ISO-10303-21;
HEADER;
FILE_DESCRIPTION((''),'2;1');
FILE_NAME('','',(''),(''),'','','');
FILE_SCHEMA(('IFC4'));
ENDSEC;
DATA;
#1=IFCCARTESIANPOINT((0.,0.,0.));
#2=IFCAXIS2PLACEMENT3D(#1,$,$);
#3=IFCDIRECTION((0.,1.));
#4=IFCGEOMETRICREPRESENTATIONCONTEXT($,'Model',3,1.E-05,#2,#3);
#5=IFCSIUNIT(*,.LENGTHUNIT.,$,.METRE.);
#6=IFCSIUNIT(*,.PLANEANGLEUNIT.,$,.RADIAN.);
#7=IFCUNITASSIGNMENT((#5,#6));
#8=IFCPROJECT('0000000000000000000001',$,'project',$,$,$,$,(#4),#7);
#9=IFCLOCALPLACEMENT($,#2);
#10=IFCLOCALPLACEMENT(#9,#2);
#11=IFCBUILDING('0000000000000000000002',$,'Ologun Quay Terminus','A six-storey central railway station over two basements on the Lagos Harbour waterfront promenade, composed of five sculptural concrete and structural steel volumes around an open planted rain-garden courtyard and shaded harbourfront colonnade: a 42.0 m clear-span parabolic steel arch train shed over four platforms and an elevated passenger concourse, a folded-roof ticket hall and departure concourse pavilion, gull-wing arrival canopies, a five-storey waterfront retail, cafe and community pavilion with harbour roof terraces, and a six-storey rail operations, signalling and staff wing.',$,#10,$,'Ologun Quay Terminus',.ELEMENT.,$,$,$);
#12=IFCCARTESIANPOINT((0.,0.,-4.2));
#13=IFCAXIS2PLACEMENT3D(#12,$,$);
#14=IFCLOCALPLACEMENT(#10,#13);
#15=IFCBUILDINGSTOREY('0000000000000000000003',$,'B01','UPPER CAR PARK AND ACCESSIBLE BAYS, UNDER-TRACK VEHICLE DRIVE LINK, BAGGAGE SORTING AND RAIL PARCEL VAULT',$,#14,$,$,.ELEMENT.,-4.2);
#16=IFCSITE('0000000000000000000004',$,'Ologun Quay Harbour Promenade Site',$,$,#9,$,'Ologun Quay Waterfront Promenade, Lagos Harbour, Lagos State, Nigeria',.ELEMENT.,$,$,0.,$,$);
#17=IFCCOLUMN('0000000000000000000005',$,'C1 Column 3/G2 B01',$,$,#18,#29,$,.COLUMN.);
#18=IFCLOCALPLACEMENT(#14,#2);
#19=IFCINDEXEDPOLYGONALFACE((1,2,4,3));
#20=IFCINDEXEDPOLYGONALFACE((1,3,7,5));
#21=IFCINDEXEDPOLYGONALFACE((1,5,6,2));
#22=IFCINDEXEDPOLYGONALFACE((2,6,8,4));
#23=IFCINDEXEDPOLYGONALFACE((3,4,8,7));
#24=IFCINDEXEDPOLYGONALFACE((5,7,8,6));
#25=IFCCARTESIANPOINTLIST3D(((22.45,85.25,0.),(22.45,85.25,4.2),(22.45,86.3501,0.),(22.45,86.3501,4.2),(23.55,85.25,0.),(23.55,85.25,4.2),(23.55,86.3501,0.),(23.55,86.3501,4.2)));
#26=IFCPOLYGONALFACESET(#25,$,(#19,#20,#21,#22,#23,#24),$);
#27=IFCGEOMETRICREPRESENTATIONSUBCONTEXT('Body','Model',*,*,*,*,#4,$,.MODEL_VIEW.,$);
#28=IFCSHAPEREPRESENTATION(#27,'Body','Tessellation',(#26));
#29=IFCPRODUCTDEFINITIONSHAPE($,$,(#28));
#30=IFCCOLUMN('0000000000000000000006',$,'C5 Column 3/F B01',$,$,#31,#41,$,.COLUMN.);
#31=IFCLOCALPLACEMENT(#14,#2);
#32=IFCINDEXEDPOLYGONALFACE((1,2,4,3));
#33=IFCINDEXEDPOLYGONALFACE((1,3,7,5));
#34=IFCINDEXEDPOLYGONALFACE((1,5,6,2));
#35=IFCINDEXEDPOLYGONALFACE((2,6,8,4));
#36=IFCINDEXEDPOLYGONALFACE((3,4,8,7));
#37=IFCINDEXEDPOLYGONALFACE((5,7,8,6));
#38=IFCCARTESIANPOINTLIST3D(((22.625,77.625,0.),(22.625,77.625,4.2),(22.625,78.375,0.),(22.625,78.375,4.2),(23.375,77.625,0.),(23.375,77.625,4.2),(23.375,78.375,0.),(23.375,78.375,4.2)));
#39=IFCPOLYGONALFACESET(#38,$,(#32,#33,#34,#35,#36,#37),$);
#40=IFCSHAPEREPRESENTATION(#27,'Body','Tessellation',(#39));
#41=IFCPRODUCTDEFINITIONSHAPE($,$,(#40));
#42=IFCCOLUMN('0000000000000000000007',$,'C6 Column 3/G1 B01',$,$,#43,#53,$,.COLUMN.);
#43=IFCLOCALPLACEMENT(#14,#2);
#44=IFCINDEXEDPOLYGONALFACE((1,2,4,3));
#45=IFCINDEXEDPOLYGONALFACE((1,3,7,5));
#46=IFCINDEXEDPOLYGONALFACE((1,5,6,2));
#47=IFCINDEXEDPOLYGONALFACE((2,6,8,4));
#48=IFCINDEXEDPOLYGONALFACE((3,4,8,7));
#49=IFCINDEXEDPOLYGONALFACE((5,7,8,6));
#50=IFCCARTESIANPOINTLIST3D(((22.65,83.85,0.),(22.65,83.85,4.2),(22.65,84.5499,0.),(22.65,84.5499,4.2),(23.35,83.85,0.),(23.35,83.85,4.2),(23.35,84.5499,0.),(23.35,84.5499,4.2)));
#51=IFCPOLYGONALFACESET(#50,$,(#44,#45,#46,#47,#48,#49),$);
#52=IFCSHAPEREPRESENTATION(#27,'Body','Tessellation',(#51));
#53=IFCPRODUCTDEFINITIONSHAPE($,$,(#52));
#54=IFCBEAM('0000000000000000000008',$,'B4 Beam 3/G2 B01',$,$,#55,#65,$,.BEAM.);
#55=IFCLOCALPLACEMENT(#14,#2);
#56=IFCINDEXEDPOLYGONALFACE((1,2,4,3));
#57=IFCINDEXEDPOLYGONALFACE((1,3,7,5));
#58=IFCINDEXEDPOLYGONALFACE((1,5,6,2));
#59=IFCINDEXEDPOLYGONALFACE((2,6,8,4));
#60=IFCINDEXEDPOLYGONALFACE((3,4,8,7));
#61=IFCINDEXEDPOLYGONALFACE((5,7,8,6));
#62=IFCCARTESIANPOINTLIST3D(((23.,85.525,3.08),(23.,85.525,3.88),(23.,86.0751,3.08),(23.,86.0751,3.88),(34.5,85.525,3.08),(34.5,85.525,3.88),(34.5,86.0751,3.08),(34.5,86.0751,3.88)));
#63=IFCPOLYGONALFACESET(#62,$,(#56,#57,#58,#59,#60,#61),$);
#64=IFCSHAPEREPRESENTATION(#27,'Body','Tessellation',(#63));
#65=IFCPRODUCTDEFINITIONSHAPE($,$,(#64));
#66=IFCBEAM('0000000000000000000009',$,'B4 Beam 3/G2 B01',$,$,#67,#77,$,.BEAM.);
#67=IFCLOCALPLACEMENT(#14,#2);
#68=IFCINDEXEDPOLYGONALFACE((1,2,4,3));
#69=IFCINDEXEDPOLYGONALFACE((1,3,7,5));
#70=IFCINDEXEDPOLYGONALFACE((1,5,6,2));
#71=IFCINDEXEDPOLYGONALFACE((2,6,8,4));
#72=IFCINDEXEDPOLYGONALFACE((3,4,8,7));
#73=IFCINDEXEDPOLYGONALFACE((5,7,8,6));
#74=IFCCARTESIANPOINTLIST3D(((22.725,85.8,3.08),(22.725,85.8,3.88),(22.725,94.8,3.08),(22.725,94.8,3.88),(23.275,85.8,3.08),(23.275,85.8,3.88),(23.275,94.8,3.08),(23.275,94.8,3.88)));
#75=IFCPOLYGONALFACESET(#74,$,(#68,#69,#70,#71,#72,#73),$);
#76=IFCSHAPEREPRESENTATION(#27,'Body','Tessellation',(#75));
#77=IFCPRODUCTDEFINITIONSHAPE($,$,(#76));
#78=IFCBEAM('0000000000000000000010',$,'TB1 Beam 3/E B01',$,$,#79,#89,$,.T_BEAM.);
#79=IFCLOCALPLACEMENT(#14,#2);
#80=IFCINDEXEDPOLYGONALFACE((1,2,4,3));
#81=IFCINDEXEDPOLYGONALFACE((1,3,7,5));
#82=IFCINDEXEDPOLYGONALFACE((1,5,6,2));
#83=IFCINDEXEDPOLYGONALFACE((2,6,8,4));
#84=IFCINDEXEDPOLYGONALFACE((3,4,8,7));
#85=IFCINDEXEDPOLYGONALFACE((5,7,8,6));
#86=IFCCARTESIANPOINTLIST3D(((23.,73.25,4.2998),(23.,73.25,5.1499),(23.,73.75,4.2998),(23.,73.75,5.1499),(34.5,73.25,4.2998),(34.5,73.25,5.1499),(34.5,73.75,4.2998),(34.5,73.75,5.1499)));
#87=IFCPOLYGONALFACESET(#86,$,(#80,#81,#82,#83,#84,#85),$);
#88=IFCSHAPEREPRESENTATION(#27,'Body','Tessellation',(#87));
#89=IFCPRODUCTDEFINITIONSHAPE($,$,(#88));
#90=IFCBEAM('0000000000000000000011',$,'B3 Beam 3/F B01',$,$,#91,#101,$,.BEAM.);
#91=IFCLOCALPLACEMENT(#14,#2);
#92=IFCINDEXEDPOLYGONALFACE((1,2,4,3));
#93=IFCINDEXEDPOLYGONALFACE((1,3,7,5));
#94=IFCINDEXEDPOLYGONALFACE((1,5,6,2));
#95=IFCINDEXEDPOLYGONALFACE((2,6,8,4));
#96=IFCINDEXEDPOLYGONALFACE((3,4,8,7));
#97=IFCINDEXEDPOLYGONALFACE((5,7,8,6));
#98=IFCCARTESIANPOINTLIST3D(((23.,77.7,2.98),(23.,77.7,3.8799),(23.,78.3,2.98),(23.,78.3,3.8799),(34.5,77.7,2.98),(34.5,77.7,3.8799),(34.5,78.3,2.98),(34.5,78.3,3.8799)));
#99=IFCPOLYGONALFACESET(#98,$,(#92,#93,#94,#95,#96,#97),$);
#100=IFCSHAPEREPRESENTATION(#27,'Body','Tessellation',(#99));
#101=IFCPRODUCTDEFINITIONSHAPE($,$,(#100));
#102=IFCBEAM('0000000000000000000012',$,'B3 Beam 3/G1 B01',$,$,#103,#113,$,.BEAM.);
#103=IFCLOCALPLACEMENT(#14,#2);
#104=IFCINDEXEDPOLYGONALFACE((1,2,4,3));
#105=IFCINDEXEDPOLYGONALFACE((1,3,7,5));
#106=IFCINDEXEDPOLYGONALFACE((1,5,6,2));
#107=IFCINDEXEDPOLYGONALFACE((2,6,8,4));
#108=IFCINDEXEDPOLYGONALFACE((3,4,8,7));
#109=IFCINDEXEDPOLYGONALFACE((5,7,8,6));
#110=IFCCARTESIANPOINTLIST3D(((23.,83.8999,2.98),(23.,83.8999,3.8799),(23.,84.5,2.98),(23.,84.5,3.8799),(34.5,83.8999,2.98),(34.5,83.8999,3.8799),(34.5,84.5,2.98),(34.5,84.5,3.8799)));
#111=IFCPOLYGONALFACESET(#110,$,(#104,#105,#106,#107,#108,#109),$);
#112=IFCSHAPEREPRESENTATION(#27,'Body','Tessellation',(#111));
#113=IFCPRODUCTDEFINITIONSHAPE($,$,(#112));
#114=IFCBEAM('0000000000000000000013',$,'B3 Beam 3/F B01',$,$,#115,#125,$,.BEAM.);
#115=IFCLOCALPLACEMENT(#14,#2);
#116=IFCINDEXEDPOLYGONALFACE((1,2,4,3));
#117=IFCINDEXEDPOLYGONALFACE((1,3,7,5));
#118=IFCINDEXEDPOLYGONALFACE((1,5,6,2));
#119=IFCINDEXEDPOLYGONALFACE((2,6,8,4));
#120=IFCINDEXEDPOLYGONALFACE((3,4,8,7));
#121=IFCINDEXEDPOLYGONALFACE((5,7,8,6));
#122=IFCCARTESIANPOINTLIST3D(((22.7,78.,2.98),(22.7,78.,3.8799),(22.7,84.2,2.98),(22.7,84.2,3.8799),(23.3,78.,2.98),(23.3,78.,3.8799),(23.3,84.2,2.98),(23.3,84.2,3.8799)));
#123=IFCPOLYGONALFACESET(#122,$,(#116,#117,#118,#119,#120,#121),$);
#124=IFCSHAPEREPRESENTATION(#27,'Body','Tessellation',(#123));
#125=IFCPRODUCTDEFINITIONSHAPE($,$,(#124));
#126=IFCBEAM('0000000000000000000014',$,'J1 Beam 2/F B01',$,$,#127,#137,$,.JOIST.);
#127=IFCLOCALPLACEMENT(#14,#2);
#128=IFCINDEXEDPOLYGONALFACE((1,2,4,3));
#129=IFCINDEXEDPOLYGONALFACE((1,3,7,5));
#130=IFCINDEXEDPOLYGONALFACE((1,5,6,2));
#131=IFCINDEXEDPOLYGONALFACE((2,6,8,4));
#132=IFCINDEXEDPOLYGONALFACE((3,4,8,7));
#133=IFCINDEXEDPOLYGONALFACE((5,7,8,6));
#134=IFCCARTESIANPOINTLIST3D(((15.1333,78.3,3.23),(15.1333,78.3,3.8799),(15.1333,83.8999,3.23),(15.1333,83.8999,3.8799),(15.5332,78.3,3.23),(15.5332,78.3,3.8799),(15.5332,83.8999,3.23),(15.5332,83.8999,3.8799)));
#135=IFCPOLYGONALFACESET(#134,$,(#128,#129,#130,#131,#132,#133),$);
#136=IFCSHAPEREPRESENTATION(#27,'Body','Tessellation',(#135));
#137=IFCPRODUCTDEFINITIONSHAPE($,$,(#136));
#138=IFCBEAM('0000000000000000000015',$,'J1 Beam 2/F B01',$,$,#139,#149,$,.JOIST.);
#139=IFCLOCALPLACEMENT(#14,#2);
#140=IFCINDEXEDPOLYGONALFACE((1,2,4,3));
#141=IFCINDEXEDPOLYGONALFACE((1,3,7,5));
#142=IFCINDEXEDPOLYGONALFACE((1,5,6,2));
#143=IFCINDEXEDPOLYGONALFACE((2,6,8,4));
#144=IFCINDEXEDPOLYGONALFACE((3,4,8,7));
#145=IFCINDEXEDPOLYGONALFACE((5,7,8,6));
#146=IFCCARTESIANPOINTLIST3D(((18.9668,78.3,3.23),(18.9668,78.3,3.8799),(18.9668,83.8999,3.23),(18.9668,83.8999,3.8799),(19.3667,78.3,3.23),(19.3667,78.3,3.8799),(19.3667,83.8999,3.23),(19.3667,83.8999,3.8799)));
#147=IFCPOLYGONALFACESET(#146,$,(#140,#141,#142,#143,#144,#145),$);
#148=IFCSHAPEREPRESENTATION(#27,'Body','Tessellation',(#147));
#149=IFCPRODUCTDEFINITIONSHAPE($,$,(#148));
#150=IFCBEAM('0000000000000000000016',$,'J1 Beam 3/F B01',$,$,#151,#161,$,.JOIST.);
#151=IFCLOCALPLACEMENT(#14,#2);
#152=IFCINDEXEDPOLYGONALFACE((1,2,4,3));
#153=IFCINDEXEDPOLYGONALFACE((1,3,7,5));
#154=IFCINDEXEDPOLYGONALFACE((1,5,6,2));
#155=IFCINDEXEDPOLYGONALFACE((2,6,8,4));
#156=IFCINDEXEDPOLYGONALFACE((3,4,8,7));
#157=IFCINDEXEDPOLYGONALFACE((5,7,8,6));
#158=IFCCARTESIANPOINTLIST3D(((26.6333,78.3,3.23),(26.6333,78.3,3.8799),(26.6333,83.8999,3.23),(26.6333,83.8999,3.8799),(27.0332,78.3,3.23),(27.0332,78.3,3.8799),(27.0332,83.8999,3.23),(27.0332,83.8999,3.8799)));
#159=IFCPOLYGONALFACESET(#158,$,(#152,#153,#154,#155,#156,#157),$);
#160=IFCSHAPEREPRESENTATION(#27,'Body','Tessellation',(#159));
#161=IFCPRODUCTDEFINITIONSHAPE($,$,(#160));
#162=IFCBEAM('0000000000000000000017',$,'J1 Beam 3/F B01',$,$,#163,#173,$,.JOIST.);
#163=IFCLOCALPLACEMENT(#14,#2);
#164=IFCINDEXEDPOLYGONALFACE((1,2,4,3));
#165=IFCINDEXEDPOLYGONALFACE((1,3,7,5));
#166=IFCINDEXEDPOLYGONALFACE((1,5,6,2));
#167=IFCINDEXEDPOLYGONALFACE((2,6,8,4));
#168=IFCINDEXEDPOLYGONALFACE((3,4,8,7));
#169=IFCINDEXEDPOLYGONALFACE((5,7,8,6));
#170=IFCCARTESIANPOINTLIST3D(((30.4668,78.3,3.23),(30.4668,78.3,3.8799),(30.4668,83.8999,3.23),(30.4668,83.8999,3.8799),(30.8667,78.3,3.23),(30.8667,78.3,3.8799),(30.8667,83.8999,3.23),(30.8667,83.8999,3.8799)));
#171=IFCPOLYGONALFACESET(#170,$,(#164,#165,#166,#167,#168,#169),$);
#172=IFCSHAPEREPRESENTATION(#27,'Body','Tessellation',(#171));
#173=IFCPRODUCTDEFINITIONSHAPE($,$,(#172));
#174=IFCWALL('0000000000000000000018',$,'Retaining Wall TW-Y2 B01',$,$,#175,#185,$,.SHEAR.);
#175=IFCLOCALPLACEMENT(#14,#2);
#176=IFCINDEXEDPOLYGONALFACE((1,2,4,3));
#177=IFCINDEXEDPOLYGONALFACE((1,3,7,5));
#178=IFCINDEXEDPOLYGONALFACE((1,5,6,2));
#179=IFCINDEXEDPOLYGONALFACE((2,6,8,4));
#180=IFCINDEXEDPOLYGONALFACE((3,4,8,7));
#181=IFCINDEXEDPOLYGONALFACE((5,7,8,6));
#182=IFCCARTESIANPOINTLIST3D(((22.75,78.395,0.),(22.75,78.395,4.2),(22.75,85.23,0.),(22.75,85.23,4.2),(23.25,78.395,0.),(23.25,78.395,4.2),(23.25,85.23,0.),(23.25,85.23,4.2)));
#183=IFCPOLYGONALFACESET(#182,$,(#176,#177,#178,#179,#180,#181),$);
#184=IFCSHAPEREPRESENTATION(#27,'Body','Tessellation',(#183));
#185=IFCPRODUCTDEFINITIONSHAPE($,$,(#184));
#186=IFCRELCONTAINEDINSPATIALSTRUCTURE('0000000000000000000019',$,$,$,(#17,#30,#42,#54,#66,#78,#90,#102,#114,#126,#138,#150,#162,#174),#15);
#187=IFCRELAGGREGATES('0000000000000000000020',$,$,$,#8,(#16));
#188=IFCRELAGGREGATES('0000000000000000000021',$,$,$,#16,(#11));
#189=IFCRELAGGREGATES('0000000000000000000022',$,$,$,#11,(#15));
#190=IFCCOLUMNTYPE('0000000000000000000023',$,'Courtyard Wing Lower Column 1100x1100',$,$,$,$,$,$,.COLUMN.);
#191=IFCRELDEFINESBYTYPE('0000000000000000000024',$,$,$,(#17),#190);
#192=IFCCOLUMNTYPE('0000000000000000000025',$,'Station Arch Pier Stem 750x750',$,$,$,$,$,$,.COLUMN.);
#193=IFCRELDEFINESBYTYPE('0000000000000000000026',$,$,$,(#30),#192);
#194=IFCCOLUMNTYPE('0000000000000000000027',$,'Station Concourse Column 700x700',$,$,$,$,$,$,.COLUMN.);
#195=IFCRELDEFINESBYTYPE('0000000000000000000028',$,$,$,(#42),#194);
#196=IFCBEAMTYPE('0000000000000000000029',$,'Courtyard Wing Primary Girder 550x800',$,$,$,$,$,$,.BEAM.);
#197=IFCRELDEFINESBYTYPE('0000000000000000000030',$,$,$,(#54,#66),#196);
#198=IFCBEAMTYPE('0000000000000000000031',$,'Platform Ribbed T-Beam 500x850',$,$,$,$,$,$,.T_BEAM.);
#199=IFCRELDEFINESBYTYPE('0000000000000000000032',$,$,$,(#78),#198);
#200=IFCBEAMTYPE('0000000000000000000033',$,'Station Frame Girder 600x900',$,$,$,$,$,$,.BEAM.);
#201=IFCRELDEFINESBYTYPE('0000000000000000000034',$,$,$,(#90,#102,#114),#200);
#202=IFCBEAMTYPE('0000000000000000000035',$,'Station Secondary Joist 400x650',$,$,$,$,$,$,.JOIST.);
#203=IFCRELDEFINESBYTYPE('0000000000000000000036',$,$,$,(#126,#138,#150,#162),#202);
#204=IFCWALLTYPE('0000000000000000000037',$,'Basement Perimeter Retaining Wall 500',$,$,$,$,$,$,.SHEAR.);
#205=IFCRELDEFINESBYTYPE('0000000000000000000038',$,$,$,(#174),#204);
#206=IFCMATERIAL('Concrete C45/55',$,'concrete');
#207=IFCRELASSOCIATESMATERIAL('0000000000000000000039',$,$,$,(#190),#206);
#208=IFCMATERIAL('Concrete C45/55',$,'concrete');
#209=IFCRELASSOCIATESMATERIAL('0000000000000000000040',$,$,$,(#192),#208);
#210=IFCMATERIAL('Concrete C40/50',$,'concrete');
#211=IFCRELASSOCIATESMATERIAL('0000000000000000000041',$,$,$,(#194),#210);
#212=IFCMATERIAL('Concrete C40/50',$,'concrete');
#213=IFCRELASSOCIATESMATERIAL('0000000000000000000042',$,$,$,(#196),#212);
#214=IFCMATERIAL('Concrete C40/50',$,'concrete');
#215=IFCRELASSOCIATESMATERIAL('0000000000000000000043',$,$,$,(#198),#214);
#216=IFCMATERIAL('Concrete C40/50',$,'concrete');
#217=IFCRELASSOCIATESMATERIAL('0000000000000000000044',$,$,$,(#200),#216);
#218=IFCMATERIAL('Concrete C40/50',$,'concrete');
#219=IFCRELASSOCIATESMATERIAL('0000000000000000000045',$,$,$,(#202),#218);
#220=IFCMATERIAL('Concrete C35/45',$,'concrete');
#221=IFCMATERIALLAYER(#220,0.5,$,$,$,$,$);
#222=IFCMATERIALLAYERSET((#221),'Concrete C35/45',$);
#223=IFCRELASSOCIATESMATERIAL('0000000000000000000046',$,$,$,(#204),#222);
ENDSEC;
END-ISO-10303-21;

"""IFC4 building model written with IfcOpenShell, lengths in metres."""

from ifc_helpers import new_model, si_unit, direction, frame, frame_2d, origin, origin_2d, place, context, subcontext, project, spatial, rectangle, extrude, material, layer, layer_set, material_profile, profile_set, type_object, element, save


model = new_model("IFC4")

# Units and contexts
model_context = context("Model", 3, precision=1e-05, world=origin(), true_north=direction((0.0, 1.0)))
body_context = subcontext(model_context, "Body", "Model", "MODEL_VIEW")
ifc_project = project(units=[si_unit("LENGTHUNIT", "METRE"), si_unit("PLANEANGLEUNIT", "RADIAN")], contexts=[model_context])

# Site, building, storey
site_placement = place(None, origin())
site = spatial("IfcSite", under=ifc_project, at=site_placement, Name="Ologun Quay Harbour Promenade Site", LongName="Ologun Quay Waterfront Promenade, Lagos Harbour, Lagos State, Nigeria", CompositionType="ELEMENT", RefElevation=0.0)
building_placement = place(site_placement, origin())
building = spatial("IfcBuilding", under=site, at=building_placement, Name="Ologun Quay Terminus", Description="A six-storey central railway station over two basements on the Lagos Harbour waterfront promenade, composed of five sculptural concrete and structural steel volumes around an open planted rain-garden courtyard and shaded harbourfront colonnade: a 42.0 m clear-span parabolic steel arch train shed over four platforms and an elevated passenger concourse, a folded-roof ticket hall and departure concourse pavilion, gull-wing arrival canopies, a five-storey waterfront retail, cafe and community pavilion with harbour roof terraces, and a six-storey rail operations, signalling and staff wing.", LongName="Ologun Quay Terminus", CompositionType="ELEMENT")
storey_placement = place(building_placement, frame((0.0, 0.0, -4.2)))
storey = spatial("IfcBuildingStorey", under=building, at=storey_placement, Name="B01", Description="UPPER CAR PARK AND ACCESSIBLE BAYS, UNDER-TRACK VEHICLE DRIVE LINK, BAGGAGE SORTING AND RAIL PARCEL VAULT", CompositionType="ELEMENT", Elevation=-4.2)

# Columns
ifc_material_1 = material(Name="Concrete C45/55", Category="concrete")
ifc_material_profile_1 = material_profile(ifc_material_1, rectangle(XDim=1.1001, YDim=1.1001, at=origin_2d()), Name="RC 1100x1100")
ifc_profile_set_1 = profile_set([ifc_material_profile_1], Name="Concrete C45/55")
column_type_1 = type_object("IfcColumnType", Name="Courtyard Wing Lower Column 1100x1100", PredefinedType="COLUMN", material=ifc_profile_set_1)
column_1_placement = place(storey_placement, frame((23.0, 85.8, 0.0), z_axis=(0.0, 0.0, 1.0), x_axis=(1.0, 0.0, 0.0)))
element("IfcColumn", 1, at=column_1_placement, inside=storey, type_object=column_type_1, Name="C1 Column 3/G2 B01", PredefinedType="COLUMN", context=body_context, shape_type="SweptSolid", body=[
    extrude(rectangle(XDim=1.1001, YDim=1.1001, at=origin_2d()), origin(), (0.0, 0.0, 1.0), 4.2),
])
ifc_material_2 = material(Name="Concrete C45/55", Category="concrete")
ifc_material_profile_2 = material_profile(ifc_material_2, rectangle(XDim=0.75, YDim=0.75, at=origin_2d()), Name="RC 750x750")
ifc_profile_set_2 = profile_set([ifc_material_profile_2], Name="Concrete C45/55")
column_type_2 = type_object("IfcColumnType", Name="Station Arch Pier Stem 750x750", PredefinedType="COLUMN", material=ifc_profile_set_2)
column_2_placement = place(storey_placement, frame((23.0, 78.0, 0.0), z_axis=(0.0, 0.0, 1.0), x_axis=(1.0, 0.0, 0.0)))
element("IfcColumn", 2, at=column_2_placement, inside=storey, type_object=column_type_2, Name="C5 Column 3/F B01", PredefinedType="COLUMN", context=body_context, shape_type="SweptSolid", body=[
    extrude(rectangle(XDim=0.75, YDim=0.75, at=origin_2d()), origin(), (0.0, 0.0, 1.0), 4.2),
])
ifc_material_3 = material(Name="Concrete C40/50", Category="concrete")
ifc_material_profile_3 = material_profile(ifc_material_3, rectangle(XDim=0.7, YDim=0.7, at=origin_2d()), Name="RC 700x700")
ifc_profile_set_3 = profile_set([ifc_material_profile_3], Name="Concrete C40/50")
column_type_3 = type_object("IfcColumnType", Name="Station Concourse Column 700x700", PredefinedType="COLUMN", material=ifc_profile_set_3)
column_3_placement = place(storey_placement, frame((23.0, 84.2, 0.0), z_axis=(0.0, 0.0, 1.0), x_axis=(1.0, 0.0, 0.0)))
element("IfcColumn", 3, at=column_3_placement, inside=storey, type_object=column_type_3, Name="C6 Column 3/G1 B01", PredefinedType="COLUMN", context=body_context, shape_type="SweptSolid", body=[
    extrude(rectangle(XDim=0.7, YDim=0.7, at=origin_2d()), origin(), (0.0, 0.0, 1.0), 4.2),
])

# Beams
ifc_material_4 = material(Name="Concrete C40/50", Category="concrete")
ifc_material_profile_4 = material_profile(ifc_material_4, rectangle(XDim=0.55, YDim=0.8, at=origin_2d()), Name="RC 550x800")
ifc_profile_set_4 = profile_set([ifc_material_profile_4], Name="Concrete C40/50")
beam_type_1 = type_object("IfcBeamType", Name="Courtyard Wing Primary Girder 550x800", PredefinedType="BEAM", material=ifc_profile_set_4)
beam_1_placement = place(storey_placement, frame((23.0, 85.8, 3.48), z_axis=(1.0, 0.0, 0.0), x_axis=(0.0, 1.0, 0.0)))
element("IfcBeam", 4, at=beam_1_placement, inside=storey, type_object=beam_type_1, Name="B4 Beam 3/G2 B01", PredefinedType="BEAM", context=body_context, shape_type="SweptSolid", body=[
    extrude(rectangle(XDim=0.55, YDim=0.8, at=origin_2d()), origin(), (0.0, 0.0, 1.0), 11.5),
])
beam_2_placement = place(storey_placement, frame((23.0, 85.8, 3.48), z_axis=(0.0, 1.0, 0.0), x_axis=(-1.0, 0.0, 0.0)))
element("IfcBeam", 5, at=beam_2_placement, inside=storey, type_object=beam_type_1, Name="B4 Beam 3/G2 B01", PredefinedType="BEAM", context=body_context, shape_type="SweptSolid", body=[
    extrude(rectangle(XDim=0.55, YDim=0.8, at=origin_2d()), origin(), (0.0, 0.0, 1.0), 9.0),
])
ifc_material_5 = material(Name="Concrete C40/50", Category="concrete")
ifc_material_profile_5 = material_profile(ifc_material_5, rectangle(XDim=0.5, YDim=0.8501, at=origin_2d()), Name="RC 500x850")
ifc_profile_set_5 = profile_set([ifc_material_profile_5], Name="Concrete C40/50")
beam_type_2 = type_object("IfcBeamType", Name="Platform Ribbed T-Beam 500x850", PredefinedType="T_BEAM", material=ifc_profile_set_5)
beam_3_placement = place(storey_placement, frame((23.0, 73.5, 4.7249), z_axis=(1.0, 0.0, 0.0), x_axis=(0.0, 1.0, 0.0)))
element("IfcBeam", 6, at=beam_3_placement, inside=storey, type_object=beam_type_2, Name="TB1 Beam 3/E B01", PredefinedType="T_BEAM", context=body_context, shape_type="SweptSolid", body=[
    extrude(rectangle(XDim=0.5, YDim=0.8501, at=origin_2d()), origin(), (0.0, 0.0, 1.0), 11.5),
])
ifc_material_6 = material(Name="Concrete C40/50", Category="concrete")
ifc_material_profile_6 = material_profile(ifc_material_6, rectangle(XDim=0.6001, YDim=0.8999, at=origin_2d()), Name="RC 600x900")
ifc_profile_set_6 = profile_set([ifc_material_profile_6], Name="Concrete C40/50")
beam_type_3 = type_object("IfcBeamType", Name="Station Frame Girder 600x900", PredefinedType="BEAM", material=ifc_profile_set_6)
for number, where, z_axis, x_axis, name in (
    (7, (23.0, 78.0, 3.4299), (1.0, 0.0, 0.0), (0.0, 1.0, 0.0), "B3 Beam 3/F B01"),
    (8, (23.0, 84.2, 3.4299), (1.0, 0.0, 0.0), (0.0, 1.0, 0.0), "B3 Beam 3/G1 B01"),
):
    element("IfcBeam", number, at=place(storey_placement, frame(where, z_axis=z_axis, x_axis=x_axis)), inside=storey, type_object=beam_type_3, Name=name, PredefinedType="BEAM", context=body_context, shape_type="SweptSolid", body=[
        extrude(rectangle(XDim=0.6001, YDim=0.8999, at=origin_2d()), origin(), (0.0, 0.0, 1.0), 11.5),
    ])
beam_4_placement = place(storey_placement, frame((23.0, 78.0, 3.4299), z_axis=(0.0, 1.0, 0.0), x_axis=(-1.0, 0.0, 0.0)))
element("IfcBeam", 9, at=beam_4_placement, inside=storey, type_object=beam_type_3, Name="B3 Beam 3/F B01", PredefinedType="BEAM", context=body_context, shape_type="SweptSolid", body=[
    extrude(rectangle(XDim=0.6001, YDim=0.8999, at=origin_2d()), origin(), (0.0, 0.0, 1.0), 6.2),
])
ifc_material_7 = material(Name="Concrete C40/50", Category="concrete")
ifc_material_profile_7 = material_profile(ifc_material_7, rectangle(XDim=0.3999, YDim=0.6499, at=origin_2d()), Name="RC 400x650")
ifc_profile_set_7 = profile_set([ifc_material_profile_7], Name="Concrete C40/50")
beam_type_4 = type_object("IfcBeamType", Name="Station Secondary Joist 400x650", PredefinedType="JOIST", material=ifc_profile_set_7)
for number, where, z_axis, x_axis, name in (
    (10, (15.3333, 78.3, 3.5549), (0.0, 1.0, 0.0), (-1.0, 0.0, 0.0), "J1 Beam 2/F B01"),
    (11, (19.1667, 78.3, 3.5549), (0.0, 1.0, 0.0), (-1.0, 0.0, 0.0), "J1 Beam 2/F B01"),
    (12, (26.8333, 78.3, 3.5549), (0.0, 1.0, 0.0), (-1.0, 0.0, 0.0), "J1 Beam 3/F B01"),
    (13, (30.6667, 78.3, 3.5549), (0.0, 1.0, 0.0), (-1.0, 0.0, 0.0), "J1 Beam 3/F B01"),
):
    element("IfcBeam", number, at=place(storey_placement, frame(where, z_axis=z_axis, x_axis=x_axis)), inside=storey, type_object=beam_type_4, Name=name, PredefinedType="JOIST", context=body_context, shape_type="SweptSolid", body=[
        extrude(rectangle(XDim=0.3999, YDim=0.6499, at=origin_2d()), origin(), (0.0, 0.0, 1.0), 5.5999),
    ])

# Wall
ifc_material_8 = material(Name="Concrete C35/45", Category="concrete")
ifc_layer_1 = layer(ifc_material_8, 0.5)
ifc_layer_set_1 = layer_set([ifc_layer_1], Name="Concrete C35/45")
wall_type_1 = type_object("IfcWallType", Name="Basement Perimeter Retaining Wall 500", PredefinedType="SHEAR", material=ifc_layer_set_1)
wall_1_placement = place(storey_placement, frame((23.0, 78.395, 0.0), z_axis=(0.0, 0.0, 1.0), x_axis=(0.0, 1.0, 0.0)))
element("IfcWall", 14, at=wall_1_placement, inside=storey, type_object=wall_type_1, Name="Retaining Wall TW-Y2 B01", PredefinedType="SHEAR", context=body_context, shape_type="SweptSolid", body=[
    extrude(rectangle(XDim=6.835, YDim=0.5, at=frame_2d((3.4175, 0.0))), origin(), (0.0, 0.0, 1.0), 4.2),
])

save(model, "model.ifc")
